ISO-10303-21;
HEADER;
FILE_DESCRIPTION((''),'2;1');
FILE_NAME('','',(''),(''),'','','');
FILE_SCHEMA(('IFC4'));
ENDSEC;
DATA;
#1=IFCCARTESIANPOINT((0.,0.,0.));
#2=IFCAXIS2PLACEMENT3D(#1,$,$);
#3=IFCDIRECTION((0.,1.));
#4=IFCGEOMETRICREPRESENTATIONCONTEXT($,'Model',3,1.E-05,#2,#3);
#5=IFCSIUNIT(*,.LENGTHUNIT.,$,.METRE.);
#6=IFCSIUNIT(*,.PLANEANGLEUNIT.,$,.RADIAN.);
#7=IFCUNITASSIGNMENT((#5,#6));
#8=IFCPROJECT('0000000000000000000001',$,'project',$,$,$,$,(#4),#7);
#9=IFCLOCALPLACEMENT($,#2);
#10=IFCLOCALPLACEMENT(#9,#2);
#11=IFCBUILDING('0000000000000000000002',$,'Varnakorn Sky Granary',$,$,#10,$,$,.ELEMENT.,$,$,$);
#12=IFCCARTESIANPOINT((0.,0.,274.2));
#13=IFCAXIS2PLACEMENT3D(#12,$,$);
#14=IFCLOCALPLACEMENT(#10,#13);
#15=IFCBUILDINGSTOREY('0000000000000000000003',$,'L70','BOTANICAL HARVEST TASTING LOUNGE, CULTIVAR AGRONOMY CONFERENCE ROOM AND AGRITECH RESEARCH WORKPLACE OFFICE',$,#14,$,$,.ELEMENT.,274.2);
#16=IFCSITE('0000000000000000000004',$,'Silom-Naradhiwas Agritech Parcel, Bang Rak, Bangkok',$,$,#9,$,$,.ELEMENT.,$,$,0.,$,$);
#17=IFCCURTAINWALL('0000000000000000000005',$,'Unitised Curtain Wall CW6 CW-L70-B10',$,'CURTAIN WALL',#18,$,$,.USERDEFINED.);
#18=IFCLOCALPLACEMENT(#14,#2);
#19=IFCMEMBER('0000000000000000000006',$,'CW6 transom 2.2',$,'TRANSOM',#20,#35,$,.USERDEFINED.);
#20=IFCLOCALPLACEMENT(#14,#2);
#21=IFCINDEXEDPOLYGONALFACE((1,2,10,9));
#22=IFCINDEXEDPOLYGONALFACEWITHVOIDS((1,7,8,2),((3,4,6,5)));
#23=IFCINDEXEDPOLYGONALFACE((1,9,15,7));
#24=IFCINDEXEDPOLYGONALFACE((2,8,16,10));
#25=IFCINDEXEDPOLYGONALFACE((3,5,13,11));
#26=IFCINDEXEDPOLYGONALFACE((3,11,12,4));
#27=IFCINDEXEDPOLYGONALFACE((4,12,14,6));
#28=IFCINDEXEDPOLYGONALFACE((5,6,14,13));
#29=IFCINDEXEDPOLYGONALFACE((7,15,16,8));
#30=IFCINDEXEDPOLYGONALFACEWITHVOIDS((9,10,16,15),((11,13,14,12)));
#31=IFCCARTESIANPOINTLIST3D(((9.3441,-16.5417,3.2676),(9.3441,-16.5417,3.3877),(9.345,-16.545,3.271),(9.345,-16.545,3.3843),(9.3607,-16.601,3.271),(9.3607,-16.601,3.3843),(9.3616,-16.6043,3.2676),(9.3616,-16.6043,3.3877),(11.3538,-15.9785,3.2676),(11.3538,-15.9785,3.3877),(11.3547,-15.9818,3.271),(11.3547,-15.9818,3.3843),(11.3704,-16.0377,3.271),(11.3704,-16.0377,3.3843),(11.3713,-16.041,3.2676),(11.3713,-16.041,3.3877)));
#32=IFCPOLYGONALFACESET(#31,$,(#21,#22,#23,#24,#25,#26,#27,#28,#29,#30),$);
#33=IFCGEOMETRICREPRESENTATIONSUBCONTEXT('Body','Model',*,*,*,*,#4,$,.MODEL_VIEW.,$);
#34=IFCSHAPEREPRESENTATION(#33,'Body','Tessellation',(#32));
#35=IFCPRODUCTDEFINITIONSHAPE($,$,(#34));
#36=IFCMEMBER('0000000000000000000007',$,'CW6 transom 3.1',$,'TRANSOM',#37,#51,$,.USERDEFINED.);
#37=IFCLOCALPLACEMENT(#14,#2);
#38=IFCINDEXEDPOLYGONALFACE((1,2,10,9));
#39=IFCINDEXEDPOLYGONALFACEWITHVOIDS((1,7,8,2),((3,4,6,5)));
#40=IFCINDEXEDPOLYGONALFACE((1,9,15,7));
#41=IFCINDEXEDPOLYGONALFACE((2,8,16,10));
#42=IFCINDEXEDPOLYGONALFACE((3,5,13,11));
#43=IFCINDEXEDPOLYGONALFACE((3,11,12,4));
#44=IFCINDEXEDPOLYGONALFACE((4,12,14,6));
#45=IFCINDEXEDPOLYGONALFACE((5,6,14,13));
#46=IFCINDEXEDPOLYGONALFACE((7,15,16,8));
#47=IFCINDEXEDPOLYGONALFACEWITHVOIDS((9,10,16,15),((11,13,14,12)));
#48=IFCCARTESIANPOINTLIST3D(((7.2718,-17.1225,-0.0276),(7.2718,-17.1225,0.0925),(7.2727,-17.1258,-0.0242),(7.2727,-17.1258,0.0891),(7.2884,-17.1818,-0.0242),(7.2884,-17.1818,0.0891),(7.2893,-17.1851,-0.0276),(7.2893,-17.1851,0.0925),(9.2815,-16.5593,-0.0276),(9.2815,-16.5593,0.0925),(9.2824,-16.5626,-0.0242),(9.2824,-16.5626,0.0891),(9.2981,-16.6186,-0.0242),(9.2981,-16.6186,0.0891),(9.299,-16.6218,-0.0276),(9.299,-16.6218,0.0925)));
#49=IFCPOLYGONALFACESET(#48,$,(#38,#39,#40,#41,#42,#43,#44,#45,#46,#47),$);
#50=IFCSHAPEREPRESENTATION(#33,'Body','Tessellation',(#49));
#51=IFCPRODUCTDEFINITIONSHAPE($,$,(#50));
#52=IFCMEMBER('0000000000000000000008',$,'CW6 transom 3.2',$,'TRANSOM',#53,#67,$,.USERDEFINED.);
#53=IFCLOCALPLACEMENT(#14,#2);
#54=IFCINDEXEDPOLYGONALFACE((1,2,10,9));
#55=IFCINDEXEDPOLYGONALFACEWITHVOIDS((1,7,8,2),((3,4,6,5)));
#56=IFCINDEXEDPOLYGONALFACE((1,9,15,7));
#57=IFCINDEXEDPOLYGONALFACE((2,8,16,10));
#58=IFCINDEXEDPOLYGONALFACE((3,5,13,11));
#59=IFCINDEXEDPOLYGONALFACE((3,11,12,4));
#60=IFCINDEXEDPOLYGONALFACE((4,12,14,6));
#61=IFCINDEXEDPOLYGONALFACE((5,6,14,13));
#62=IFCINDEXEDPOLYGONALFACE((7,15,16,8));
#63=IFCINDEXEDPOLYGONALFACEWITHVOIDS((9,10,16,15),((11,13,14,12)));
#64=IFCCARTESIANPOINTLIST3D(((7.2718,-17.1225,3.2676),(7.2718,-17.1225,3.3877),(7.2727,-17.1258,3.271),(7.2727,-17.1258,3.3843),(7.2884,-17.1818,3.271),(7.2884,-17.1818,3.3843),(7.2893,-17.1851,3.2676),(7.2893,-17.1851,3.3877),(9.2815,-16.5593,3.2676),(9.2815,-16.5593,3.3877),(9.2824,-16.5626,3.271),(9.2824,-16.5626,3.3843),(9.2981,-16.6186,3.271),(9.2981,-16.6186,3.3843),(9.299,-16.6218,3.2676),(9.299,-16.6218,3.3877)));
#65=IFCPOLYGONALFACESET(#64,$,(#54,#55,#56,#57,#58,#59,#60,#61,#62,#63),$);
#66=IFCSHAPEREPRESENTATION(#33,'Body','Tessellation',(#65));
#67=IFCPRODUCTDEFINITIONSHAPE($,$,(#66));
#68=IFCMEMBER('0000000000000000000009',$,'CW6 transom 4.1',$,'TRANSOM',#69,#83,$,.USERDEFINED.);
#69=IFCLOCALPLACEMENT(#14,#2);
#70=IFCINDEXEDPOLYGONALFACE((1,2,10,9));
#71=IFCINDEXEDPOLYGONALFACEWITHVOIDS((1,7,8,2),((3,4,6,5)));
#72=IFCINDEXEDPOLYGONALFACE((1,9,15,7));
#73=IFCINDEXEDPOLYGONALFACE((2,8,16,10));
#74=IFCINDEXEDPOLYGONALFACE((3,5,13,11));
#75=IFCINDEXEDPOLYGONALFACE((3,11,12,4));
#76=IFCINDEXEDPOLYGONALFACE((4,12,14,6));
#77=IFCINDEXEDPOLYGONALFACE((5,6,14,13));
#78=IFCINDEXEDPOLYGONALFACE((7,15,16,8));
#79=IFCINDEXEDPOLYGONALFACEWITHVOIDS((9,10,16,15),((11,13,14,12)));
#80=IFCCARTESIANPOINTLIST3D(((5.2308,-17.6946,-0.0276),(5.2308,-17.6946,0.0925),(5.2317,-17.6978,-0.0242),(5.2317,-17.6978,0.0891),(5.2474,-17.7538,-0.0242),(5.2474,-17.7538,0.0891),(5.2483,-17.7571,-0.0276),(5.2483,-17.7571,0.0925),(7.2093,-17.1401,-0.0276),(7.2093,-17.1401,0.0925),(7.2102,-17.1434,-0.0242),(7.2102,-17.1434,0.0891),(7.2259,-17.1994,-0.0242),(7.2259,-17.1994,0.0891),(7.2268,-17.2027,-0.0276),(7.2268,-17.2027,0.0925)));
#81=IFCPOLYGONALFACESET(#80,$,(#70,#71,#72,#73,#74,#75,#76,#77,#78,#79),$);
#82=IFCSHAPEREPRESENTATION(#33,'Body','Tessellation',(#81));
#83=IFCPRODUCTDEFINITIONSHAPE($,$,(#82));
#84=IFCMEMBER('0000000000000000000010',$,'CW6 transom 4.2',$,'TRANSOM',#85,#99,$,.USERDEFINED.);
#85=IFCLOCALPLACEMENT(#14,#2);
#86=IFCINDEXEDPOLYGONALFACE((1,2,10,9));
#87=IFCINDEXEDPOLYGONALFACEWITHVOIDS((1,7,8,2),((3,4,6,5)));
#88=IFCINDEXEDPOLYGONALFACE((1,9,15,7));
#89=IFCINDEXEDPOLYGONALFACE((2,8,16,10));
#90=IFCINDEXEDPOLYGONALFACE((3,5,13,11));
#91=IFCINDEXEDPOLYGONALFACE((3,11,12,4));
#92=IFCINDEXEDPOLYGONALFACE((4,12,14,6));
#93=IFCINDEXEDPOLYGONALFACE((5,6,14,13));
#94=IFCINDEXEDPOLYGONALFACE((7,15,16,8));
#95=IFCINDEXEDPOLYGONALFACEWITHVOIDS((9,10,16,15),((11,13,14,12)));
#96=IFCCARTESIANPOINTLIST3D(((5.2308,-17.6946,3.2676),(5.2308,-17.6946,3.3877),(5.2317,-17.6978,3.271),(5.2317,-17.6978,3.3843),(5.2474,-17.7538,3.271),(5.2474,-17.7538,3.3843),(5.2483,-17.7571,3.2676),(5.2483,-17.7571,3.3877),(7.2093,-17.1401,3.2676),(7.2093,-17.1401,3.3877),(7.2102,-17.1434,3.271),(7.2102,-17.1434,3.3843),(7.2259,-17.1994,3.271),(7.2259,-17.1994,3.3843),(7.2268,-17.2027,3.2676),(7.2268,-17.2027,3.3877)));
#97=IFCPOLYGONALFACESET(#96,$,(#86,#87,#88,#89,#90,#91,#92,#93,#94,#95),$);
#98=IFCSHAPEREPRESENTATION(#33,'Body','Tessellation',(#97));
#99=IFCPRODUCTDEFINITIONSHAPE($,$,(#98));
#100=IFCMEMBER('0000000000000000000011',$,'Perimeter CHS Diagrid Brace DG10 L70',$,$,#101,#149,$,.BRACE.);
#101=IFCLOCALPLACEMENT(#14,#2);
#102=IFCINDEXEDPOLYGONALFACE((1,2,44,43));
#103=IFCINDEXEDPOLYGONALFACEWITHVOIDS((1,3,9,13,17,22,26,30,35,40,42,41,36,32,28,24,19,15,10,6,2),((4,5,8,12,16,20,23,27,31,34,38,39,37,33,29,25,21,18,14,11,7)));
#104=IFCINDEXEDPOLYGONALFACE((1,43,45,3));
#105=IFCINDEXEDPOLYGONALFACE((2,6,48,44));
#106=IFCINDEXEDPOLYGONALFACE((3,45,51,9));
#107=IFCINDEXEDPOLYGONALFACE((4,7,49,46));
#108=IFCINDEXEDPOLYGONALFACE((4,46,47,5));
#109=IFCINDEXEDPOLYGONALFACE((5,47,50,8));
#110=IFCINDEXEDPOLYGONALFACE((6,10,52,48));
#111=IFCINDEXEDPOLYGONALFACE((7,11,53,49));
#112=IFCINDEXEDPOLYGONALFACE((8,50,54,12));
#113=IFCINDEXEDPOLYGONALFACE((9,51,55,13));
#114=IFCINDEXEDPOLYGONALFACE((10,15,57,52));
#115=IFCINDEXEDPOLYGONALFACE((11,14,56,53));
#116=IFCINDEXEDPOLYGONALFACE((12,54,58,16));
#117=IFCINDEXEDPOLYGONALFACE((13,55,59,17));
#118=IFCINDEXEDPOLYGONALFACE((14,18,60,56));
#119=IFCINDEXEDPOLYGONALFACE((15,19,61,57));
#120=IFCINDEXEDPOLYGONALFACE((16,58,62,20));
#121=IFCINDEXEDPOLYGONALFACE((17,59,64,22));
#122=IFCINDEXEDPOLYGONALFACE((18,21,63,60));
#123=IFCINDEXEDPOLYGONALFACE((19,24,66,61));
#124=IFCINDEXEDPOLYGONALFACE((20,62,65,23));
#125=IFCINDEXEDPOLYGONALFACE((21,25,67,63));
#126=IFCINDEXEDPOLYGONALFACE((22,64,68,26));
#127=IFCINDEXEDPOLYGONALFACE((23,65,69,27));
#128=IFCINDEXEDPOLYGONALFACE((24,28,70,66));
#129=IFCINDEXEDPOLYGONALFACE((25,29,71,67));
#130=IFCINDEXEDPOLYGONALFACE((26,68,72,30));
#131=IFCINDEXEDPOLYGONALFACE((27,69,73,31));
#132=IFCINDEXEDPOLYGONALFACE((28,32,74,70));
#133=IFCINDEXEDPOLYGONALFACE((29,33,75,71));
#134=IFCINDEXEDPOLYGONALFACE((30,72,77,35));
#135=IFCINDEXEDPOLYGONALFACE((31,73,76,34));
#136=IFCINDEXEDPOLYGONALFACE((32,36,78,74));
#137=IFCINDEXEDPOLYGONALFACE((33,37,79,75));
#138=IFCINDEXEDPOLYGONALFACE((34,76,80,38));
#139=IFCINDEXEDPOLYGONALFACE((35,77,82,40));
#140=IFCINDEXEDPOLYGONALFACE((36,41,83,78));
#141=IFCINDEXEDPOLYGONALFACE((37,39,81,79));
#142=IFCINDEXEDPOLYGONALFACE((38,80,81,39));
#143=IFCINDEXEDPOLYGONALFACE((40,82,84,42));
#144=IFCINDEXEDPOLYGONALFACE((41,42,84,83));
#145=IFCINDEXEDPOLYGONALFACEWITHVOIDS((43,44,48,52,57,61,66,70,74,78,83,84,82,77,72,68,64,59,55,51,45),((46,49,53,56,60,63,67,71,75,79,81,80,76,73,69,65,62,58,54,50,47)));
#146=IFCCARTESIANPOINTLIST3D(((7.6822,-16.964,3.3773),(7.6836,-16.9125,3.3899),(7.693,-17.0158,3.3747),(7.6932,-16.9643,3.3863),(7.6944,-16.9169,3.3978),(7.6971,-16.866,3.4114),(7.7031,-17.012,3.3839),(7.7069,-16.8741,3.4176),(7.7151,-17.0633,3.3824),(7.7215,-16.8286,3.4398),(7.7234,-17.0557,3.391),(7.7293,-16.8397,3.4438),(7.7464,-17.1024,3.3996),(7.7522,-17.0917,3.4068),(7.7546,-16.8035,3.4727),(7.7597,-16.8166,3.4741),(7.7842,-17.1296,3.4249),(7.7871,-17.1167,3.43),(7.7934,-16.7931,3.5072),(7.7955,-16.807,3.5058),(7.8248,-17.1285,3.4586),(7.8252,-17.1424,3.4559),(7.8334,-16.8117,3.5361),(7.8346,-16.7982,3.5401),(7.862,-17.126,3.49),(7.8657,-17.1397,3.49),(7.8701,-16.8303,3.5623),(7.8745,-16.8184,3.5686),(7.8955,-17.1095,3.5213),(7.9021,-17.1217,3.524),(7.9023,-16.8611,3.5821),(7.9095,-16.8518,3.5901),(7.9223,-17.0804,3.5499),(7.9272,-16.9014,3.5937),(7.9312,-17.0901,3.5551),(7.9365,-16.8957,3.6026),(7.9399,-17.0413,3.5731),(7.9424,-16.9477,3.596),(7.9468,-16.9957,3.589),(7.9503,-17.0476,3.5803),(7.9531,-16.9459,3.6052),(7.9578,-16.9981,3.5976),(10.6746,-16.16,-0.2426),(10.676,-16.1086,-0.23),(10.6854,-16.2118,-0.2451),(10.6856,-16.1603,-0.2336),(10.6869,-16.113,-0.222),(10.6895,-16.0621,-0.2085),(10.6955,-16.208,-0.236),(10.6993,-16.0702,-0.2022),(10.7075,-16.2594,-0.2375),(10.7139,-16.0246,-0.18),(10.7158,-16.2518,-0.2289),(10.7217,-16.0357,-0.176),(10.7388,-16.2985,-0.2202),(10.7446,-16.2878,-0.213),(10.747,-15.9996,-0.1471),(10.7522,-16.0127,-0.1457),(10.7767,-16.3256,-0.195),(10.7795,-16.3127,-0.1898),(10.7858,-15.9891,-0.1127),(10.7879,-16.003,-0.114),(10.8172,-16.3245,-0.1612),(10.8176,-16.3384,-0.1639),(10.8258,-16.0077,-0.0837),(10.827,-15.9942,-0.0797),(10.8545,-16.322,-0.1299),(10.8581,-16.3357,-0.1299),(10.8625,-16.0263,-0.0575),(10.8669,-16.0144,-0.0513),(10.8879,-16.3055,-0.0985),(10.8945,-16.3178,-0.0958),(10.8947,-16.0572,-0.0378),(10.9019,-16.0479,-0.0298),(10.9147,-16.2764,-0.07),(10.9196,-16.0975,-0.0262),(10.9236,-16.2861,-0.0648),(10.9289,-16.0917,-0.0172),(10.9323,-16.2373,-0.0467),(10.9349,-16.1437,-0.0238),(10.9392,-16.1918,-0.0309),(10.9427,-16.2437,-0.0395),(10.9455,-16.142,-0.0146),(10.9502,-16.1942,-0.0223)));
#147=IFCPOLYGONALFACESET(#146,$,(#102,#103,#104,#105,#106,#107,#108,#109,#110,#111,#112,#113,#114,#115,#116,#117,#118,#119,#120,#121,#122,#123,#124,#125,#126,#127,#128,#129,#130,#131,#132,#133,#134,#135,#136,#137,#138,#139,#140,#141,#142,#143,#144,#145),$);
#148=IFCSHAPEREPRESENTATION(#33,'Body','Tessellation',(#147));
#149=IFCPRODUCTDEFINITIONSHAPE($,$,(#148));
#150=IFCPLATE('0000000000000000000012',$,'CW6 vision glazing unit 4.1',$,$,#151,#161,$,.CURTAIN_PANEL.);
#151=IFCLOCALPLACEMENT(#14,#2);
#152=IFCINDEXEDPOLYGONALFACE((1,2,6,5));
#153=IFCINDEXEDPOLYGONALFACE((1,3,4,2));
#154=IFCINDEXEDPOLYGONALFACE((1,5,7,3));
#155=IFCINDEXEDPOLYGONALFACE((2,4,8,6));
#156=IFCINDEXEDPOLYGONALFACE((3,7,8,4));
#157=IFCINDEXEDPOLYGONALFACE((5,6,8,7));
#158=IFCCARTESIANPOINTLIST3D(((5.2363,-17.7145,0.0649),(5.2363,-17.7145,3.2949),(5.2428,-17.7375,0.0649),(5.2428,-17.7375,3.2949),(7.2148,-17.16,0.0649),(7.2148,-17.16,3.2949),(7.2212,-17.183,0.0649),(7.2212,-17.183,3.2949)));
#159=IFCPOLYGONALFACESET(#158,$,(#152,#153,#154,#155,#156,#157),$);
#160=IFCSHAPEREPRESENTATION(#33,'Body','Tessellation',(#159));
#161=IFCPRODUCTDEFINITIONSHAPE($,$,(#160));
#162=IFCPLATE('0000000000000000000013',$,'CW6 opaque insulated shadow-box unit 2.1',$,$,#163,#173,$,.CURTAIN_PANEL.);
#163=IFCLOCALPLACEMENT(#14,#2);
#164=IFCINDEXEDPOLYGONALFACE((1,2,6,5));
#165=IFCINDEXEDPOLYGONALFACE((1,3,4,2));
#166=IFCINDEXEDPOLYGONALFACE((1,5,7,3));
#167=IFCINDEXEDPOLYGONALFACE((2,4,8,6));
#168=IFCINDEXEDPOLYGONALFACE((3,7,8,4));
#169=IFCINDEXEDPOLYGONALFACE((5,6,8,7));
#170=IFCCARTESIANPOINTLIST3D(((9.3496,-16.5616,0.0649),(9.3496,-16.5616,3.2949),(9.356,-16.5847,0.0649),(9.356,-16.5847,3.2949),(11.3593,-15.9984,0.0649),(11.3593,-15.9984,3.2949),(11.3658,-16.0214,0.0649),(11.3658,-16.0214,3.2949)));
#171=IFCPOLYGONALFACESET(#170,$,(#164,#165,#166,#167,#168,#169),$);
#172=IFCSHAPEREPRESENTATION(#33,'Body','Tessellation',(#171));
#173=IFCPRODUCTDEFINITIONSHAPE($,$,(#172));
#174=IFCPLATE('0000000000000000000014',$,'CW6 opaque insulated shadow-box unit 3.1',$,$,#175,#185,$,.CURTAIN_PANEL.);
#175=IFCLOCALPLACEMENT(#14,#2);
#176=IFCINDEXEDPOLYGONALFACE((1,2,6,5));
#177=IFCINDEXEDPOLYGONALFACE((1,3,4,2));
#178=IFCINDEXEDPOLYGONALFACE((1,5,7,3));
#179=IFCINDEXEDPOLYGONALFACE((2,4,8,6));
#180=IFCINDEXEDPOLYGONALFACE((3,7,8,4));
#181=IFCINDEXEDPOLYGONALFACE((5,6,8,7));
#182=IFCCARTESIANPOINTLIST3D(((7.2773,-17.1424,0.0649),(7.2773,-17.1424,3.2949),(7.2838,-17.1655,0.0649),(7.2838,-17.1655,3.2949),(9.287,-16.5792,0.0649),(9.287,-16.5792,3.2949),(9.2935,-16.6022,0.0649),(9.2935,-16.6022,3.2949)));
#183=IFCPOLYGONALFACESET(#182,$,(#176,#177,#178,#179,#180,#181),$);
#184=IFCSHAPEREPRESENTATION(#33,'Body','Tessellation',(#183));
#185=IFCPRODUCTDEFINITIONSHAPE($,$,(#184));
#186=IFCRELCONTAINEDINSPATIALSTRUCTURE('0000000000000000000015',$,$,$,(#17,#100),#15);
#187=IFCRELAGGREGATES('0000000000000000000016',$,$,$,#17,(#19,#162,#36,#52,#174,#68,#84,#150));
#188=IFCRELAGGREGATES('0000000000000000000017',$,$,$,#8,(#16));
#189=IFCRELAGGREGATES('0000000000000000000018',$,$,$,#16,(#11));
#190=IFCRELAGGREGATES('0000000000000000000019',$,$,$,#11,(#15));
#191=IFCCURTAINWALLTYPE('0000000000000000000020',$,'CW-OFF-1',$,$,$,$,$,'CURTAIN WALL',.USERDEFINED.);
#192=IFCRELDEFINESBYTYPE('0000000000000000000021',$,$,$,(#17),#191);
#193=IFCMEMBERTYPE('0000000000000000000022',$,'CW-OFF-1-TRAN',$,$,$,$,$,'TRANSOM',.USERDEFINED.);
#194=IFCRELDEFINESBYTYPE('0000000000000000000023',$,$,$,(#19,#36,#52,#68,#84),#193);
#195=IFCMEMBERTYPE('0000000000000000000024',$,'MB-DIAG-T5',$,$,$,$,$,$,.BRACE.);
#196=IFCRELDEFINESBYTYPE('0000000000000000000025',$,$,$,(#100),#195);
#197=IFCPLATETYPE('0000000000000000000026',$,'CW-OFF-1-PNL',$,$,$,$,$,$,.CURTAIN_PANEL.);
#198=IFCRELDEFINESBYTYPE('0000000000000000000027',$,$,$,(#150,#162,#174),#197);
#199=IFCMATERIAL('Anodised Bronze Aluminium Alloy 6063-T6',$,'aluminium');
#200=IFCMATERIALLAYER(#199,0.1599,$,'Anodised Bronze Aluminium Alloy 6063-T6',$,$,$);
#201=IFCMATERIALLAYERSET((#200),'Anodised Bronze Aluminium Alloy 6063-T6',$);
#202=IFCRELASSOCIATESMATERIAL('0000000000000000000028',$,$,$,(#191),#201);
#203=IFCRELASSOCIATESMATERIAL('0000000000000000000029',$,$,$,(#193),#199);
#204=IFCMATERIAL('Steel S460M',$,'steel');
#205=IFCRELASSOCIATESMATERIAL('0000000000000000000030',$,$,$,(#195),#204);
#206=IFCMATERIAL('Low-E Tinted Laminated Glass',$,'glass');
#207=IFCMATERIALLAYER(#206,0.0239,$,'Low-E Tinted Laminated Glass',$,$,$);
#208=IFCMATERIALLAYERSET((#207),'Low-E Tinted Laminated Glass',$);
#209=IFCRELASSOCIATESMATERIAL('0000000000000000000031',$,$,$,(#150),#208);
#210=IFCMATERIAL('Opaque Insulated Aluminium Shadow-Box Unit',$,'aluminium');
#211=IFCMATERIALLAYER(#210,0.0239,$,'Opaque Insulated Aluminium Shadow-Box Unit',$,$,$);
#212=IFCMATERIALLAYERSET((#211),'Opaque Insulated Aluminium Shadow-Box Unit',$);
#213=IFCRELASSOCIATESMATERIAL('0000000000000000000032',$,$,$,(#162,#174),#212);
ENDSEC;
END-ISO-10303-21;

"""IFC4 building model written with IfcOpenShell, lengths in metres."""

from ifc_helpers import new_model, si_unit, direction, frame, origin, origin_2d, place, context, subcontext, project, spatial, rectangle, hollow_rectangle, hollow_circle, extrude, source, transform, mapped, material, layer, layer_set, material_profile, profile_set, type_object, type_shapes, element, aggregate, save


model = new_model("IFC4")

# Units and contexts
model_context = context("Model", 3, precision=1e-05, world=origin(), true_north=direction((0.0, 1.0)))
body_context = subcontext(model_context, "Body", "Model", "MODEL_VIEW")
ifc_project = project(units=[si_unit("LENGTHUNIT", "METRE"), si_unit("PLANEANGLEUNIT", "RADIAN")], contexts=[model_context])

# Site, building, storey
site_placement = place(None, origin())
site = spatial("IfcSite", under=ifc_project, at=site_placement, Name="Silom-Naradhiwas Agritech Parcel, Bang Rak, Bangkok", CompositionType="ELEMENT", RefElevation=0.0)
building_placement = place(site_placement, origin())
building = spatial("IfcBuilding", under=site, at=building_placement, Name="Varnakorn Sky Granary", CompositionType="ELEMENT")
storey_placement = place(building_placement, frame((0.0, 0.0, 274.2)))
storey = spatial("IfcBuildingStorey", under=building, at=storey_placement, Name="L70", Description="BOTANICAL HARVEST TASTING LOUNGE, CULTIVAR AGRONOMY CONFERENCE ROOM AND AGRITECH RESEARCH WORKPLACE OFFICE", CompositionType="ELEMENT", Elevation=274.2)

# Shared definitions
ifc_material_1 = material(Name="Steel S460M", Category="steel")

# Curtain wall, members
ifc_material_2 = material(Name="Anodised Bronze Aluminium Alloy 6063-T6", Category="aluminium")
ifc_layer_1 = layer(ifc_material_2, 0.1599, Name="Anodised Bronze Aluminium Alloy 6063-T6")
ifc_layer_set_1 = layer_set([ifc_layer_1], Name="Anodised Bronze Aluminium Alloy 6063-T6")
curtain_wall_type = type_object("IfcCurtainWallType", Name="CW-OFF-1", ElementType="CURTAIN WALL", PredefinedType="USERDEFINED", material=ifc_layer_set_1)
curtain_wall_placement = place(storey_placement, origin())
curtain_wall = element("IfcCurtainWall", 1, at=curtain_wall_placement, inside=storey, type_object=curtain_wall_type, Name="Unitised Curtain Wall CW6 CW-L70-B10", ObjectType="CURTAIN WALL", PredefinedType="USERDEFINED")
ifc_material_profile_1 = material_profile(ifc_material_2, hollow_rectangle(XDim=0.0649, YDim=0.1201, WallThickness=0.0034, at=origin_2d()), Name="ALU TRAN 65x120")
ifc_profile_set_1 = profile_set([ifc_material_profile_1], Name="Anodised Bronze Aluminium Alloy 6063-T6")
member_type_1 = type_object("IfcMemberType", Name="CW-OFF-1-TRAN", ElementType="TRANSOM", PredefinedType="USERDEFINED", material=ifc_profile_set_1)
member_1_placement = place(storey_placement, frame((11.3625, -16.0098, 3.3276), z_axis=(-0.962902, -0.269851, 0.0), x_axis=(0.269851, -0.962902, 0.0)))
member_1 = element("IfcMember", 2, at=member_1_placement, type_object=member_type_1, Name="CW6 transom 2.2", ObjectType="TRANSOM", PredefinedType="USERDEFINED", context=body_context, shape_type="SweptSolid", body=[
    extrude(hollow_rectangle(XDim=0.0649, YDim=0.1201, WallThickness=0.0034, at=origin_2d()), origin(), (0.0, 0.0, 1.0), 2.0872),
])
member_2_placement = place(storey_placement, frame((9.2903, -16.5906, 0.0325), z_axis=(-0.962902, -0.269851, 0.0), x_axis=(0.269851, -0.962902, 0.0)))
member_2 = element("IfcMember", 3, at=member_2_placement, type_object=member_type_1, Name="CW6 transom 3.1", ObjectType="TRANSOM", PredefinedType="USERDEFINED", context=body_context, shape_type="SweptSolid", body=[
    extrude(hollow_rectangle(XDim=0.0649, YDim=0.1201, WallThickness=0.0034, at=origin_2d()), origin(), (0.0, 0.0, 1.0), 2.0872),
])
member_3_placement = place(storey_placement, frame((9.2903, -16.5906, 3.3276), z_axis=(-0.962902, -0.269851, 0.0), x_axis=(0.269851, -0.962902, 0.0)))
member_3 = element("IfcMember", 4, at=member_3_placement, type_object=member_type_1, Name="CW6 transom 3.2", ObjectType="TRANSOM", PredefinedType="USERDEFINED", context=body_context, shape_type="SweptSolid", body=[
    extrude(hollow_rectangle(XDim=0.0649, YDim=0.1201, WallThickness=0.0034, at=origin_2d()), origin(), (0.0, 0.0, 1.0), 2.0872),
])
member_4_placement = place(storey_placement, frame((7.218, -17.1714, 0.0325), z_axis=(-0.962906, -0.269837, 0.0), x_axis=(0.269837, -0.962906, 0.0)))
member_4 = element("IfcMember", 5, at=member_4_placement, type_object=member_type_1, Name="CW6 transom 4.1", ObjectType="TRANSOM", PredefinedType="USERDEFINED", context=body_context, shape_type="SweptSolid", body=[
    extrude(hollow_rectangle(XDim=0.0649, YDim=0.1201, WallThickness=0.0034, at=origin_2d()), origin(), (0.0, 0.0, 1.0), 2.0547),
])
member_5_placement = place(storey_placement, frame((7.218, -17.1714, 3.3276), z_axis=(-0.962906, -0.269837, 0.0), x_axis=(0.269837, -0.962906, 0.0)))
member_5 = element("IfcMember", 6, at=member_5_placement, type_object=member_type_1, Name="CW6 transom 4.2", ObjectType="TRANSOM", PredefinedType="USERDEFINED", context=body_context, shape_type="SweptSolid", body=[
    extrude(hollow_rectangle(XDim=0.0649, YDim=0.1201, WallThickness=0.0034, at=origin_2d()), origin(), (0.0, 0.0, 1.0), 2.0547),
])

# Member
ifc_material_profile_2 = material_profile(ifc_material_1, hollow_circle(Radius=0.1777, WallThickness=0.0142, at=origin_2d()), Name="CHS 355.6x14")
ifc_profile_set_2 = profile_set([ifc_material_profile_2], Name="Steel S460M")
member_type_2 = type_object("IfcMemberType", Name="MB-DIAG-T5", PredefinedType="BRACE", material=ifc_profile_set_2)
member_6_placement = place(storey_placement, frame((10.812, -16.1641, -0.1299), z_axis=(-0.628013, -0.168724, 0.759692), x_axis=(0.259462, -0.965753, 0.0)))
element("IfcMember", 7, at=member_6_placement, inside=storey, type_object=member_type_2, Name="Perimeter CHS Diagrid Brace DG10 L70", PredefinedType="BRACE", context=body_context, shape_type="SweptSolid", body=[
    extrude(hollow_circle(Radius=0.1777, WallThickness=0.0142, at=origin_2d()), origin(), (0.0, 0.0, 1.0), 4.7649),
])

# Plates
ifc_material_3 = material(Name="Low-E Tinted Laminated Glass", Category="glass")
ifc_layer_2 = layer(ifc_material_3, 0.0239, Name="Low-E Tinted Laminated Glass")
ifc_layer_set_2 = layer_set([ifc_layer_2], Name="Low-E Tinted Laminated Glass")
plate_type = type_object("IfcPlateType", Name="CW-OFF-1-PNL", PredefinedType="CURTAIN_PANEL")
shared_shape_1 = source(origin(), body_context, "Body", "SweptSolid", [
    extrude(rectangle(XDim=2.0547, YDim=0.0239, at=origin_2d()), origin(), (0.0, 0.0, 1.0), 3.23),
])
plate_1_placement = place(storey_placement, frame((6.2288, -17.4487, 0.0649), z_axis=(0.0, 0.0, 1.0), x_axis=(-0.962897, -0.269869, 0.0)))
plate_1 = element("IfcPlate", 8, at=plate_1_placement, type_object=plate_type, material=ifc_layer_set_2, Name="CW6 vision glazing unit 4.1", PredefinedType="CURTAIN_PANEL", context=body_context, shape_type="MappedRepresentation", body=[
    mapped(shared_shape_1, transform((0.0, 0.0, 0.0), x_axis=(1.0, 0.0, 0.0), y_axis=(0.0, 1.0, 0.0), z_axis=(0.0, 0.0, 1.0), scale=1.0)),
])
ifc_material_4 = material(Name="Opaque Insulated Aluminium Shadow-Box Unit", Category="aluminium")
ifc_layer_3 = layer(ifc_material_4, 0.0239, Name="Opaque Insulated Aluminium Shadow-Box Unit")
ifc_layer_set_3 = layer_set([ifc_layer_3], Name="Opaque Insulated Aluminium Shadow-Box Unit")
shared_shape_2 = source(origin(), body_context, "Body", "SweptSolid", [
    extrude(rectangle(XDim=2.0872, YDim=0.0239, at=origin_2d()), origin(), (0.0, 0.0, 1.0), 3.23),
])
type_shapes(plate_type, [shared_shape_1, shared_shape_2])
plate_2_placement = place(storey_placement, frame((10.3577, -16.2915, 0.0649), z_axis=(0.0, 0.0, 1.0), x_axis=(-0.962897, -0.269869, 0.0)))
plate_2 = element("IfcPlate", 9, at=plate_2_placement, type_object=plate_type, material=ifc_layer_set_3, Name="CW6 opaque insulated shadow-box unit 2.1", PredefinedType="CURTAIN_PANEL", context=body_context, shape_type="MappedRepresentation", body=[
    mapped(shared_shape_2, transform((0.0, 0.0, 0.0), x_axis=(1.0, 0.0, 0.0), y_axis=(0.0, 1.0, 0.0), z_axis=(0.0, 0.0, 1.0), scale=1.0)),
])
plate_3_placement = place(storey_placement, frame((8.2854, -16.8723, 0.0649), z_axis=(0.0, 0.0, 1.0), x_axis=(-0.962897, -0.269869, 0.0)))
plate_3 = element("IfcPlate", 10, at=plate_3_placement, type_object=plate_type, material=ifc_layer_set_3, Name="CW6 opaque insulated shadow-box unit 3.1", PredefinedType="CURTAIN_PANEL", context=body_context, shape_type="MappedRepresentation", body=[
    mapped(shared_shape_2, transform((0.0, 0.0, 0.0), x_axis=(1.0, 0.0, 0.0), y_axis=(0.0, 1.0, 0.0), z_axis=(0.0, 0.0, 1.0), scale=1.0)),
])
aggregate(curtain_wall, [member_1, plate_2, member_2, member_3, plate_3, member_4, member_5, plate_1])

save(model, "model.ifc")
